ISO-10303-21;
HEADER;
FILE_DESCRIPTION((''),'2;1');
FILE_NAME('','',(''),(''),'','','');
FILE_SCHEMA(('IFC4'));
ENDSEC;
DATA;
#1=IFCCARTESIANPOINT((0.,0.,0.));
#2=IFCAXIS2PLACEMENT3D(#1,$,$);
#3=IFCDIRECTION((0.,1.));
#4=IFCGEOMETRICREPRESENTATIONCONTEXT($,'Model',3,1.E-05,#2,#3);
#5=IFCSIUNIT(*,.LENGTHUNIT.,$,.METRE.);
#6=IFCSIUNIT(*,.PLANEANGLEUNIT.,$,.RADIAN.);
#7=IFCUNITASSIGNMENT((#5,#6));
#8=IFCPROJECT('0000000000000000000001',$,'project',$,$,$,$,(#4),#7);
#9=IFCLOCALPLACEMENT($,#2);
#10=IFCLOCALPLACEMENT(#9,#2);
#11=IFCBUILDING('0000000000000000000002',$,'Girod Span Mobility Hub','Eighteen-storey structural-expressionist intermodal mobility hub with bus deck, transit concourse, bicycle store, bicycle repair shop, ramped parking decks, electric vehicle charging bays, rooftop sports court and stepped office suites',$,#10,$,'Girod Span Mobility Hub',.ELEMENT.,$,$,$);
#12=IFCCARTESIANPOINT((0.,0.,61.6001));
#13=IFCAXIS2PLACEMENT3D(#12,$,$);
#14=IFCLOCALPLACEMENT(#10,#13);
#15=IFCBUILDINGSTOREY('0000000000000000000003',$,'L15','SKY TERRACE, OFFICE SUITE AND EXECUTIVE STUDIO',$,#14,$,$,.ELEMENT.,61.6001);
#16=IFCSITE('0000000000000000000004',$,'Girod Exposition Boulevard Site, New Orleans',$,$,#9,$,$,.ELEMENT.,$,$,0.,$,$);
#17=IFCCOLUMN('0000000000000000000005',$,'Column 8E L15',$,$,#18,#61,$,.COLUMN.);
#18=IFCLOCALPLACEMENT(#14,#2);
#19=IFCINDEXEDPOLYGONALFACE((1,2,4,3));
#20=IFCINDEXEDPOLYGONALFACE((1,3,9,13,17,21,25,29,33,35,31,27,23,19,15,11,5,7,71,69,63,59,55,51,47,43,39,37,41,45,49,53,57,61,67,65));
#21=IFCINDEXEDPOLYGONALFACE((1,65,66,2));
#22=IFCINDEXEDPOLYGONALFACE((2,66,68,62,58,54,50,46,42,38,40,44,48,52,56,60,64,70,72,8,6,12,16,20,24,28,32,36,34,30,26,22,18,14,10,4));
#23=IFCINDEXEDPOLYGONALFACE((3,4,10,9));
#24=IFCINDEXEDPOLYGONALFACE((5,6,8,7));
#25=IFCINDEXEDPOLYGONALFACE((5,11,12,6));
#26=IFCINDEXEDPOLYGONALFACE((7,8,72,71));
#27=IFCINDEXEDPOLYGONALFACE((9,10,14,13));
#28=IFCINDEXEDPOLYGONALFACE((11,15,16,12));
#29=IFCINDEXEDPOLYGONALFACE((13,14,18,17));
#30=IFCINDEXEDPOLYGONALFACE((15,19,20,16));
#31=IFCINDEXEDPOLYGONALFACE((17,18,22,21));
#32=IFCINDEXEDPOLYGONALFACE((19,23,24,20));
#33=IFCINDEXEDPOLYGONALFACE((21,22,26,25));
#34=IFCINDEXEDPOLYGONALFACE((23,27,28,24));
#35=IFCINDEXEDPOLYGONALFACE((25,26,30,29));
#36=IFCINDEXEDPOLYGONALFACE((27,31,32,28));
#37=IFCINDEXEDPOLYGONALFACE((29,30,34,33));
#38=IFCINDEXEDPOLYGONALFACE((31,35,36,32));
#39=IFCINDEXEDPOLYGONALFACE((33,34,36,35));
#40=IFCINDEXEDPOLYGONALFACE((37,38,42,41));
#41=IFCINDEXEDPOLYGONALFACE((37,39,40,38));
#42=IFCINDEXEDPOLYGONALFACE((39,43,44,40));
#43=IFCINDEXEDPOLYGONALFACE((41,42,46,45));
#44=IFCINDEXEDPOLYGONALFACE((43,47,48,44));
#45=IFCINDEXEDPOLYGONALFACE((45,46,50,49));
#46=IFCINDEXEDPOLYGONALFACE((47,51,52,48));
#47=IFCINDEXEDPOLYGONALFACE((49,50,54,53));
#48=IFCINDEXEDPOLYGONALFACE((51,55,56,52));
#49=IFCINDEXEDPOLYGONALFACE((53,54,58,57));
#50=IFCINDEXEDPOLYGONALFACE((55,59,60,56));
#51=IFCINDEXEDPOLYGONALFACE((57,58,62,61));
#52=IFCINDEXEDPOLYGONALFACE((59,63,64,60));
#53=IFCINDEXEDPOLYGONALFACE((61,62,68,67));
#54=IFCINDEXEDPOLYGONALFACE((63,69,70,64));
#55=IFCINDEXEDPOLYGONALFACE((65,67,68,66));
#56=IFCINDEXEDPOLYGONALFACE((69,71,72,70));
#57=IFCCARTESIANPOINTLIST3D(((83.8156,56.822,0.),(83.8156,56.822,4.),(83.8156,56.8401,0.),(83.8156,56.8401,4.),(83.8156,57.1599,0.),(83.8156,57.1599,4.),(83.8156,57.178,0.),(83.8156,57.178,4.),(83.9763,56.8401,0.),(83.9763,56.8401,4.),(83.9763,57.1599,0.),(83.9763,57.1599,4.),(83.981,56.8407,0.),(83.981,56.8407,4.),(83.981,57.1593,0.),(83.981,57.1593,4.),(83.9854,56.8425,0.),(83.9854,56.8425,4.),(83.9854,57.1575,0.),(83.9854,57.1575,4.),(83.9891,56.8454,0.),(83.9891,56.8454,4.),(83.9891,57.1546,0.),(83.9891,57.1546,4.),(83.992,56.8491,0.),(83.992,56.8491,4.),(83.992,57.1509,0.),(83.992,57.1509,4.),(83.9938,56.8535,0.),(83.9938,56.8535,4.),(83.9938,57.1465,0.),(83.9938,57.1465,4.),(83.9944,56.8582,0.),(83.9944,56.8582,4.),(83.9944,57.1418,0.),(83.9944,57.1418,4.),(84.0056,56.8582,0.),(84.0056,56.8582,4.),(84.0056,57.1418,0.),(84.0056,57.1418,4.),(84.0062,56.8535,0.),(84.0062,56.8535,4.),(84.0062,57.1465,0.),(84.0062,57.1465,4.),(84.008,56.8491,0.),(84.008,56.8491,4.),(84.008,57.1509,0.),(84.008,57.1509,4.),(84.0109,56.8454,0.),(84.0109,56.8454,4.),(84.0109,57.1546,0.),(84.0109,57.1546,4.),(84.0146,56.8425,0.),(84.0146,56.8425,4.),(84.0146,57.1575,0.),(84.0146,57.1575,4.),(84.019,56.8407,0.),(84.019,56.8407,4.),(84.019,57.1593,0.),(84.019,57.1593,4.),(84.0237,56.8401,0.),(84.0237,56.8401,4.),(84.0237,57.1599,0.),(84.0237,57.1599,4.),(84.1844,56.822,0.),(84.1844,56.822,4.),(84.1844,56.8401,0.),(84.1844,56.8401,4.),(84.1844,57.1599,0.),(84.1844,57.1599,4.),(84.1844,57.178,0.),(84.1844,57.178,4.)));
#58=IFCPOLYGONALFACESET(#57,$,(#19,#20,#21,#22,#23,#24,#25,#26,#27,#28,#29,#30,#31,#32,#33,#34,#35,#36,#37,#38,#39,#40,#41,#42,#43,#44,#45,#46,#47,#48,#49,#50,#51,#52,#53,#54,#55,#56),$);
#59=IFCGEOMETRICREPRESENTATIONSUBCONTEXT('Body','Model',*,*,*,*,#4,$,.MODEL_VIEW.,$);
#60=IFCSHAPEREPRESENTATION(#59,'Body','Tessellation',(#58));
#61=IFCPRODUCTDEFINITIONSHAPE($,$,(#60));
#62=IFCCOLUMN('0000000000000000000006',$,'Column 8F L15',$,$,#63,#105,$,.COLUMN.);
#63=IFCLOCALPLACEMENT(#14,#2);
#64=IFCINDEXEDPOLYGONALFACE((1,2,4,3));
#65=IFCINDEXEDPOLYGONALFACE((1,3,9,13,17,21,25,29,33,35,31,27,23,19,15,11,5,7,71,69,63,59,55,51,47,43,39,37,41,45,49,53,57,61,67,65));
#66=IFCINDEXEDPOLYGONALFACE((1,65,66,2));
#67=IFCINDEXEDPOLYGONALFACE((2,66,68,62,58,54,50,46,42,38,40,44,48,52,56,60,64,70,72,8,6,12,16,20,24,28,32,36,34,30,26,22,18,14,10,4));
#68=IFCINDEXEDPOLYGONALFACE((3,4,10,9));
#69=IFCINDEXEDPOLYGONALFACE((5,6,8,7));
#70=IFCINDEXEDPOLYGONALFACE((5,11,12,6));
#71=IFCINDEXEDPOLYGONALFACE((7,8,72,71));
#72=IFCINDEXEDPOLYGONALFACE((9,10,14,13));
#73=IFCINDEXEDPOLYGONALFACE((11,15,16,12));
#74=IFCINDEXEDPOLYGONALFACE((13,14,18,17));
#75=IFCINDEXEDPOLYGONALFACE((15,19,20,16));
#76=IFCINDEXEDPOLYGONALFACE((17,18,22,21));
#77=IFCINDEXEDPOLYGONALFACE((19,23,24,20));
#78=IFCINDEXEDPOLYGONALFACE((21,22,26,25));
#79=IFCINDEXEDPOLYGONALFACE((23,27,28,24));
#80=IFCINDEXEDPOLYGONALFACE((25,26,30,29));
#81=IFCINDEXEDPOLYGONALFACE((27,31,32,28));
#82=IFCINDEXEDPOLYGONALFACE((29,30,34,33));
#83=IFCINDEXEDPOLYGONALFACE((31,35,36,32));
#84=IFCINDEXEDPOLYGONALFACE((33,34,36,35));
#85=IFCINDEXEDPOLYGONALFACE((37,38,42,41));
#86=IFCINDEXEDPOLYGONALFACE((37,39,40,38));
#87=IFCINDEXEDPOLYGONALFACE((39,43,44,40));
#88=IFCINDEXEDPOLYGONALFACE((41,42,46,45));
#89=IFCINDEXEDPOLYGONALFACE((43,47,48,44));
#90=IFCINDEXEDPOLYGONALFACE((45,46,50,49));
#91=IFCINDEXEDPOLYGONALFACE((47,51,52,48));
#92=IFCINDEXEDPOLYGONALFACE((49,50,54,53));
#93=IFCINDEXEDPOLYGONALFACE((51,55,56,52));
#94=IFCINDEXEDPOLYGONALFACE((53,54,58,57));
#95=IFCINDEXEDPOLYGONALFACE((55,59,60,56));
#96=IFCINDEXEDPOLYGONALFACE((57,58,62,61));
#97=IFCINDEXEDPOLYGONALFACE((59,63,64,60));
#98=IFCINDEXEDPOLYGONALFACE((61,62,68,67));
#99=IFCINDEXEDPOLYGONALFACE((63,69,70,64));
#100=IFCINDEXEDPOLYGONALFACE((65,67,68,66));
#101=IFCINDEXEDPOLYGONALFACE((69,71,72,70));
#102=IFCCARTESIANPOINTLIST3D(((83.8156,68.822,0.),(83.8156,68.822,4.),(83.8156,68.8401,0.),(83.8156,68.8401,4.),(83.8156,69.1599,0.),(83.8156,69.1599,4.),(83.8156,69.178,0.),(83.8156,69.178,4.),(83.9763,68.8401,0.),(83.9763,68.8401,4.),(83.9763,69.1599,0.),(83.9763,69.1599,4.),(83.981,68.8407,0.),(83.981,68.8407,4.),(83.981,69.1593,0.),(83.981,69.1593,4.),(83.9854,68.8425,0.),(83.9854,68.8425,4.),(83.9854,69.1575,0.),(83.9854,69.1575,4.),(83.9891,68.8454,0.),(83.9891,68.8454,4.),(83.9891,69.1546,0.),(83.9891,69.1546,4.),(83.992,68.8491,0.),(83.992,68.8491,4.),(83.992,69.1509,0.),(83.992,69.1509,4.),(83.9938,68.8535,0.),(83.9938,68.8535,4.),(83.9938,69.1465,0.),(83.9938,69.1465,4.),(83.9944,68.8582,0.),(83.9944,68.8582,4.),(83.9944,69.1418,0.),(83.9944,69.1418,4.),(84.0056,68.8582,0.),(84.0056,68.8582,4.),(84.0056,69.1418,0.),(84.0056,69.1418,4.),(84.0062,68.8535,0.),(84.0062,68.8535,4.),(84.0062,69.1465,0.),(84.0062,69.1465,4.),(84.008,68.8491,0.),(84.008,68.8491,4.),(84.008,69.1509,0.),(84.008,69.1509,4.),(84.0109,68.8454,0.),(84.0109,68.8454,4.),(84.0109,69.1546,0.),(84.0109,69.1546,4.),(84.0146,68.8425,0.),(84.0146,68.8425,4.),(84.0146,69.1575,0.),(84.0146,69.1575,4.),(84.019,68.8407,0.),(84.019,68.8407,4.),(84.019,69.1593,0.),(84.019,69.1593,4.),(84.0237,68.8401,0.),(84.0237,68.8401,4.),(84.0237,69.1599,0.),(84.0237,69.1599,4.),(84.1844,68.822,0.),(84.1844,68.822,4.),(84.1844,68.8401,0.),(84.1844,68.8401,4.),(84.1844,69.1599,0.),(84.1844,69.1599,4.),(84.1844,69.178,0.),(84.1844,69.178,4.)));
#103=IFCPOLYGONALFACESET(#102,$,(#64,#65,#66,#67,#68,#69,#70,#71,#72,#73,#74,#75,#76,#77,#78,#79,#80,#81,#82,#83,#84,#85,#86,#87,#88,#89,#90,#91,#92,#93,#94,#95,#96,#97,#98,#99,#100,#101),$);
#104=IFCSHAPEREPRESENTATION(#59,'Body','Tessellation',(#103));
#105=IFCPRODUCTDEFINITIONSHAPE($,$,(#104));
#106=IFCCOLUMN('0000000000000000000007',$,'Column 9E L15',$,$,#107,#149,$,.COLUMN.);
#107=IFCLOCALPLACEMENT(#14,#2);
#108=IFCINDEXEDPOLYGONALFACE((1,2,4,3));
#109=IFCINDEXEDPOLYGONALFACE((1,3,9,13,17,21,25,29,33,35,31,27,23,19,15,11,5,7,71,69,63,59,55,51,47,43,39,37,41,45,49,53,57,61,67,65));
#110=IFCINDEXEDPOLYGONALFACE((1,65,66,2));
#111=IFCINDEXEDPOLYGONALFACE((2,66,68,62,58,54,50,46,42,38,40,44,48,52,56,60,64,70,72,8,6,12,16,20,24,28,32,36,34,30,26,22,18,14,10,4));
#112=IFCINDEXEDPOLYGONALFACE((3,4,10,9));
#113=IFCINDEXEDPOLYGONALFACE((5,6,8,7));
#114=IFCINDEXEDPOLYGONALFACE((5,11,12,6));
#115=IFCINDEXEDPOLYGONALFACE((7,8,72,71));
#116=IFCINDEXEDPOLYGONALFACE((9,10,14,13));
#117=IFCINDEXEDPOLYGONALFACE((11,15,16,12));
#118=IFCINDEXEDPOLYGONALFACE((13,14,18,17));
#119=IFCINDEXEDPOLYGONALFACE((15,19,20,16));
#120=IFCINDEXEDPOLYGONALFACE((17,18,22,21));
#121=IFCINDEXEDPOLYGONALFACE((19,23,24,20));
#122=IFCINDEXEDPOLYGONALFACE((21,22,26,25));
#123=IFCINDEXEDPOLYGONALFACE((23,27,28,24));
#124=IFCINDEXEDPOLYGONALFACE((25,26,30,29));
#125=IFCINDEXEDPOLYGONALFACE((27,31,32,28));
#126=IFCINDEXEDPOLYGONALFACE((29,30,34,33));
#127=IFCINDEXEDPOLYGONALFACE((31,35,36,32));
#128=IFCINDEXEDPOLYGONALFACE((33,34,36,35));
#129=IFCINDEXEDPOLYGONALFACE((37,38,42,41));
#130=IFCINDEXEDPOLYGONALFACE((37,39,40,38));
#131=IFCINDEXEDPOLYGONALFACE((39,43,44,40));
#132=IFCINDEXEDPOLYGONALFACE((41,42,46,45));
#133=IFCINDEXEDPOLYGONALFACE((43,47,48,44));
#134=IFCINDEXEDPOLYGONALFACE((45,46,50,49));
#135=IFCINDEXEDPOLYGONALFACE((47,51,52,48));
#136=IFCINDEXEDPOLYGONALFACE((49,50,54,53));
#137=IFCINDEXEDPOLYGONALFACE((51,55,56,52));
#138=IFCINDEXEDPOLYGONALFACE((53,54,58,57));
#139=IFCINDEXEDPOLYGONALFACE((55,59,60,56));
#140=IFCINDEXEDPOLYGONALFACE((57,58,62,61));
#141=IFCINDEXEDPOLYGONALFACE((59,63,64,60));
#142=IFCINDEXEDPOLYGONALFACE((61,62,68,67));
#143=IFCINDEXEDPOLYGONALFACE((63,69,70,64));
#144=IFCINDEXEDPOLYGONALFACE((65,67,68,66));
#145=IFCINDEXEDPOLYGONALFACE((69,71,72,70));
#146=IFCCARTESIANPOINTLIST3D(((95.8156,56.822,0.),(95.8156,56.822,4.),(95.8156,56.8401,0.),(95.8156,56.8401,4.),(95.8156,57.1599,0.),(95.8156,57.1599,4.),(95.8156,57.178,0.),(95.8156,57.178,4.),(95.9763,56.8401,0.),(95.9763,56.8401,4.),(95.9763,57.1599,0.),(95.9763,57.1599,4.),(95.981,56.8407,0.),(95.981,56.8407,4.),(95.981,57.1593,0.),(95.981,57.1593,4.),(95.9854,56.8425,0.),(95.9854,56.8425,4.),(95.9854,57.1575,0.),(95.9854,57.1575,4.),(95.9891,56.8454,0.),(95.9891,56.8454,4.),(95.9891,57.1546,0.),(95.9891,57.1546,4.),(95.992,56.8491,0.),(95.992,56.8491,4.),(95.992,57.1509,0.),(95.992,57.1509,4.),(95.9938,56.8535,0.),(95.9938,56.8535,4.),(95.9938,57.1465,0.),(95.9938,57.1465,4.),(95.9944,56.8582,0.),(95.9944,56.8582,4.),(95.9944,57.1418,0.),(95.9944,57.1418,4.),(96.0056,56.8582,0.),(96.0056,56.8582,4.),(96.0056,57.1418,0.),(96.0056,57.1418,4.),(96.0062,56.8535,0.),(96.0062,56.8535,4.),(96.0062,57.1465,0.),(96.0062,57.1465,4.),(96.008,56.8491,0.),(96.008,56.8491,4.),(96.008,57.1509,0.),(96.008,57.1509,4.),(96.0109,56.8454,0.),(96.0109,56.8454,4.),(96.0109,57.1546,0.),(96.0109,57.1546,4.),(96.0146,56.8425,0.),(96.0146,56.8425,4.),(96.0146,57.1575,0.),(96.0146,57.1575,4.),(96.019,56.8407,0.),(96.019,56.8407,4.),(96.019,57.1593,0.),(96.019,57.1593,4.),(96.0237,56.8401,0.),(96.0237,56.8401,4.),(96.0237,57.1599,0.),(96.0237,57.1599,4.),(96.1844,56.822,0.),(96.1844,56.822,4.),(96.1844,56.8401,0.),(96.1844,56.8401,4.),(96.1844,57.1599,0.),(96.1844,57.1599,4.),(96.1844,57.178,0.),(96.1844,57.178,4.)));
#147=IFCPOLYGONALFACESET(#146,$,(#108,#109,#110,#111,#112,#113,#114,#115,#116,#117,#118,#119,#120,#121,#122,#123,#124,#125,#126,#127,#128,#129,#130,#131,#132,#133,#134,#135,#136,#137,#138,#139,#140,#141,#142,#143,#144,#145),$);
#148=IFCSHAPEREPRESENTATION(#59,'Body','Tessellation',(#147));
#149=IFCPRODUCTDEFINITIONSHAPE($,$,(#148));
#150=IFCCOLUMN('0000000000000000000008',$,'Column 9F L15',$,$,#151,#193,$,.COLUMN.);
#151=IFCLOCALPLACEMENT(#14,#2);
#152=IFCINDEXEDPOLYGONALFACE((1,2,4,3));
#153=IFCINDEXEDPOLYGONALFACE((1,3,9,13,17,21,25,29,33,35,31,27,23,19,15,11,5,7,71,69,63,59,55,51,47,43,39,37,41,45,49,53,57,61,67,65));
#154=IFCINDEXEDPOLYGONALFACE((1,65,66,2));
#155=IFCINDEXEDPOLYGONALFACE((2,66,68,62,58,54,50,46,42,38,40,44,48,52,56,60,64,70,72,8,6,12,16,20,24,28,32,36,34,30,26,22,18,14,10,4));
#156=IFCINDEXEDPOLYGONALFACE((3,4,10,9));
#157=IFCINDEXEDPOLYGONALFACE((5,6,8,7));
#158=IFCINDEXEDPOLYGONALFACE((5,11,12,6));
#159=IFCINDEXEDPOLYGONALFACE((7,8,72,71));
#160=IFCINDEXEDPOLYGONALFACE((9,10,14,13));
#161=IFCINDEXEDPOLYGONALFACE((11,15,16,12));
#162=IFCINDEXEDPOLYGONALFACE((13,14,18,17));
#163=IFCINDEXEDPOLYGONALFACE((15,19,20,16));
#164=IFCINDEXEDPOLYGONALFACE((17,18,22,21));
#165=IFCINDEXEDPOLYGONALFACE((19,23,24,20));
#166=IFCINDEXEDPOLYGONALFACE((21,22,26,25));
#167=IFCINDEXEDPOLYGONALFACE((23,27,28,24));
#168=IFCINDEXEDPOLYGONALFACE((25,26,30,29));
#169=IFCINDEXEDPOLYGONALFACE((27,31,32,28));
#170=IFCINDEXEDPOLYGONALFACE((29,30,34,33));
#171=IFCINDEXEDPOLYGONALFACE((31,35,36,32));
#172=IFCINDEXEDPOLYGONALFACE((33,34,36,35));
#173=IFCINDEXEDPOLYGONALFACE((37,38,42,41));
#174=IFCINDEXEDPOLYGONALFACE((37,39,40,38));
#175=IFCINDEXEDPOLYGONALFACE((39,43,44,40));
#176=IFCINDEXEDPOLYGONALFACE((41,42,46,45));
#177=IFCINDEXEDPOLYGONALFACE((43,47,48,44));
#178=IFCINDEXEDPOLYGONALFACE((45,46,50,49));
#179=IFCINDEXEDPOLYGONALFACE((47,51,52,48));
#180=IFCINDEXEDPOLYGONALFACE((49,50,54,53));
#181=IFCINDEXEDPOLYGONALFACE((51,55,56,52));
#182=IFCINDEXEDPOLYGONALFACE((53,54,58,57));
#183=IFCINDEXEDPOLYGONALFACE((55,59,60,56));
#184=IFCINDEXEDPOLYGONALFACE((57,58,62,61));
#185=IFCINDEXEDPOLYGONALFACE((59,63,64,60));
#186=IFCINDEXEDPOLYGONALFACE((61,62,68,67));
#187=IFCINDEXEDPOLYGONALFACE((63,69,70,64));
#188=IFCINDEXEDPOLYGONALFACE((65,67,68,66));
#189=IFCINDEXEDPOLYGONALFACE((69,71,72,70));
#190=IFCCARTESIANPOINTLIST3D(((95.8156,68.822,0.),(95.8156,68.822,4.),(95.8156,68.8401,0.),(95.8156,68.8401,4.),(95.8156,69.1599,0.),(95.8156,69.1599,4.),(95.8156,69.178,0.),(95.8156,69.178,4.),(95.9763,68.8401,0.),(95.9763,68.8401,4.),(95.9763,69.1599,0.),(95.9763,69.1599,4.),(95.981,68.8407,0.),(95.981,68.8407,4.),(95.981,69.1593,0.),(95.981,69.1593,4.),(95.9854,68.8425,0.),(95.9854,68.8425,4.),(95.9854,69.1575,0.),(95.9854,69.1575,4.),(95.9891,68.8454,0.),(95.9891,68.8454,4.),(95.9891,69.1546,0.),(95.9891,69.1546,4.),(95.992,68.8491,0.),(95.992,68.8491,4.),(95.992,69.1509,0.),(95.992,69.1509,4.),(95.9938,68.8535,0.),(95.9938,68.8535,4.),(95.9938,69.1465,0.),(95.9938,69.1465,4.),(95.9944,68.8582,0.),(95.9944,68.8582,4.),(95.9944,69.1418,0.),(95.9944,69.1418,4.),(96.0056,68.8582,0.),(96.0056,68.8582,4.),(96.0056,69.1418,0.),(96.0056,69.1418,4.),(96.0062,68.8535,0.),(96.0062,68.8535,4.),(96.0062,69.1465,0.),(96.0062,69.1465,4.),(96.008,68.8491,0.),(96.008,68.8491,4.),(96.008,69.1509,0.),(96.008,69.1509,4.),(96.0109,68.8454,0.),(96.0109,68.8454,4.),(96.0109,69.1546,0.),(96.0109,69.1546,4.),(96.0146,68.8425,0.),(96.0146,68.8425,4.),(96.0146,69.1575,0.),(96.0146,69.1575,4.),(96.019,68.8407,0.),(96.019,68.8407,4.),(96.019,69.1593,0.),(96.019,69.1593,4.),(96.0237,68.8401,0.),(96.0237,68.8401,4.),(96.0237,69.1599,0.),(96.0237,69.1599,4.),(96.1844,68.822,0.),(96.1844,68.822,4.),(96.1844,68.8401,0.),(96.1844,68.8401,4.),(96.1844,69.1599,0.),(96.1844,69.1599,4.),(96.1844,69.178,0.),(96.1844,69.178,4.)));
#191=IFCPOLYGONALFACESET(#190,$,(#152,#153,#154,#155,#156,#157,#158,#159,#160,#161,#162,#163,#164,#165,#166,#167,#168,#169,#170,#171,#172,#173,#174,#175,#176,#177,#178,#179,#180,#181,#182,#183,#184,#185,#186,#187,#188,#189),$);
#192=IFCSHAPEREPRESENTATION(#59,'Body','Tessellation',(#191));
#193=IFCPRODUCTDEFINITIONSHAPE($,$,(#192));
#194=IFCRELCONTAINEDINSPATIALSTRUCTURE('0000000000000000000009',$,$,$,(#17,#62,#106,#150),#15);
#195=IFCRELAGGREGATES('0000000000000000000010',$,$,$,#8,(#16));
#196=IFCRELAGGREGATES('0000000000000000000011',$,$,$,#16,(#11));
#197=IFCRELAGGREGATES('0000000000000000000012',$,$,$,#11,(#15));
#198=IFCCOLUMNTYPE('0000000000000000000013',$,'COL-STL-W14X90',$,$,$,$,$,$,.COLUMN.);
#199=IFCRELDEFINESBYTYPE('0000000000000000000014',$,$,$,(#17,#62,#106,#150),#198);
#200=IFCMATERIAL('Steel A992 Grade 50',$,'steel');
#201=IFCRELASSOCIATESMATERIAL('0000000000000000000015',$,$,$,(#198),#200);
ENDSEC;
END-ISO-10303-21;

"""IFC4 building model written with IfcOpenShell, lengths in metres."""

from ifc_helpers import new_model, si_unit, direction, frame, origin, origin_2d, place, context, subcontext, project, spatial, i_section, extrude, material, material_profile, profile_set, type_object, element, save


model = new_model("IFC4")

# Units and contexts
model_context = context("Model", 3, precision=1e-05, world=origin(), true_north=direction((0.0, 1.0)))
body_context = subcontext(model_context, "Body", "Model", "MODEL_VIEW")
ifc_project = project(units=[si_unit("LENGTHUNIT", "METRE"), si_unit("PLANEANGLEUNIT", "RADIAN")], contexts=[model_context])

# Site, building, storey
site_placement = place(None, origin())
site = spatial("IfcSite", under=ifc_project, at=site_placement, Name="Girod Exposition Boulevard Site, New Orleans", CompositionType="ELEMENT", RefElevation=0.0)
building_placement = place(site_placement, origin())
building = spatial("IfcBuilding", under=site, at=building_placement, Name="Girod Span Mobility Hub", Description="Eighteen-storey structural-expressionist intermodal mobility hub with bus deck, transit concourse, bicycle store, bicycle repair shop, ramped parking decks, electric vehicle charging bays, rooftop sports court and stepped office suites", LongName="Girod Span Mobility Hub", CompositionType="ELEMENT")
storey_placement = place(building_placement, frame((0.0, 0.0, 61.6001)))
storey = spatial("IfcBuildingStorey", under=building, at=storey_placement, Name="L15", Description="SKY TERRACE, OFFICE SUITE AND EXECUTIVE STUDIO", CompositionType="ELEMENT", Elevation=61.6001)

# Columns
ifc_material_1 = material(Name="Steel A992 Grade 50", Category="steel")
ifc_material_profile_1 = material_profile(ifc_material_1, i_section(OverallWidth=0.3689, OverallDepth=0.356, WebThickness=0.0112, FlangeThickness=0.0181, FilletRadius=0.0181, at=origin_2d()), Name="W14X90")
ifc_profile_set_1 = profile_set([ifc_material_profile_1], Name="Steel A992 Grade 50")
column_type = type_object("IfcColumnType", Name="COL-STL-W14X90", PredefinedType="COLUMN", material=ifc_profile_set_1)
for number, where, z_axis, x_axis, name in (
    (1, (84.0, 57.0, 0.0), (0.0, 0.0, 1.0), (1.0, 0.0, 0.0), "Column 8E L15"),
    (2, (84.0, 69.0, 0.0), (0.0, 0.0, 1.0), (1.0, 0.0, 0.0), "Column 8F L15"),
    (3, (96.0, 57.0, 0.0), (0.0, 0.0, 1.0), (1.0, 0.0, 0.0), "Column 9E L15"),
    (4, (96.0, 69.0, 0.0), (0.0, 0.0, 1.0), (1.0, 0.0, 0.0), "Column 9F L15"),
):
    element("IfcColumn", number, at=place(storey_placement, frame(where, z_axis=z_axis, x_axis=x_axis)), inside=storey, type_object=column_type, Name=name, PredefinedType="COLUMN", context=body_context, shape_type="SweptSolid", body=[
        extrude(i_section(OverallWidth=0.3689, OverallDepth=0.356, WebThickness=0.0112, FlangeThickness=0.0181, FilletRadius=0.0181, at=origin_2d()), origin(), (0.0, 0.0, 1.0), 4.0),
    ])

save(model, "model.ifc")
